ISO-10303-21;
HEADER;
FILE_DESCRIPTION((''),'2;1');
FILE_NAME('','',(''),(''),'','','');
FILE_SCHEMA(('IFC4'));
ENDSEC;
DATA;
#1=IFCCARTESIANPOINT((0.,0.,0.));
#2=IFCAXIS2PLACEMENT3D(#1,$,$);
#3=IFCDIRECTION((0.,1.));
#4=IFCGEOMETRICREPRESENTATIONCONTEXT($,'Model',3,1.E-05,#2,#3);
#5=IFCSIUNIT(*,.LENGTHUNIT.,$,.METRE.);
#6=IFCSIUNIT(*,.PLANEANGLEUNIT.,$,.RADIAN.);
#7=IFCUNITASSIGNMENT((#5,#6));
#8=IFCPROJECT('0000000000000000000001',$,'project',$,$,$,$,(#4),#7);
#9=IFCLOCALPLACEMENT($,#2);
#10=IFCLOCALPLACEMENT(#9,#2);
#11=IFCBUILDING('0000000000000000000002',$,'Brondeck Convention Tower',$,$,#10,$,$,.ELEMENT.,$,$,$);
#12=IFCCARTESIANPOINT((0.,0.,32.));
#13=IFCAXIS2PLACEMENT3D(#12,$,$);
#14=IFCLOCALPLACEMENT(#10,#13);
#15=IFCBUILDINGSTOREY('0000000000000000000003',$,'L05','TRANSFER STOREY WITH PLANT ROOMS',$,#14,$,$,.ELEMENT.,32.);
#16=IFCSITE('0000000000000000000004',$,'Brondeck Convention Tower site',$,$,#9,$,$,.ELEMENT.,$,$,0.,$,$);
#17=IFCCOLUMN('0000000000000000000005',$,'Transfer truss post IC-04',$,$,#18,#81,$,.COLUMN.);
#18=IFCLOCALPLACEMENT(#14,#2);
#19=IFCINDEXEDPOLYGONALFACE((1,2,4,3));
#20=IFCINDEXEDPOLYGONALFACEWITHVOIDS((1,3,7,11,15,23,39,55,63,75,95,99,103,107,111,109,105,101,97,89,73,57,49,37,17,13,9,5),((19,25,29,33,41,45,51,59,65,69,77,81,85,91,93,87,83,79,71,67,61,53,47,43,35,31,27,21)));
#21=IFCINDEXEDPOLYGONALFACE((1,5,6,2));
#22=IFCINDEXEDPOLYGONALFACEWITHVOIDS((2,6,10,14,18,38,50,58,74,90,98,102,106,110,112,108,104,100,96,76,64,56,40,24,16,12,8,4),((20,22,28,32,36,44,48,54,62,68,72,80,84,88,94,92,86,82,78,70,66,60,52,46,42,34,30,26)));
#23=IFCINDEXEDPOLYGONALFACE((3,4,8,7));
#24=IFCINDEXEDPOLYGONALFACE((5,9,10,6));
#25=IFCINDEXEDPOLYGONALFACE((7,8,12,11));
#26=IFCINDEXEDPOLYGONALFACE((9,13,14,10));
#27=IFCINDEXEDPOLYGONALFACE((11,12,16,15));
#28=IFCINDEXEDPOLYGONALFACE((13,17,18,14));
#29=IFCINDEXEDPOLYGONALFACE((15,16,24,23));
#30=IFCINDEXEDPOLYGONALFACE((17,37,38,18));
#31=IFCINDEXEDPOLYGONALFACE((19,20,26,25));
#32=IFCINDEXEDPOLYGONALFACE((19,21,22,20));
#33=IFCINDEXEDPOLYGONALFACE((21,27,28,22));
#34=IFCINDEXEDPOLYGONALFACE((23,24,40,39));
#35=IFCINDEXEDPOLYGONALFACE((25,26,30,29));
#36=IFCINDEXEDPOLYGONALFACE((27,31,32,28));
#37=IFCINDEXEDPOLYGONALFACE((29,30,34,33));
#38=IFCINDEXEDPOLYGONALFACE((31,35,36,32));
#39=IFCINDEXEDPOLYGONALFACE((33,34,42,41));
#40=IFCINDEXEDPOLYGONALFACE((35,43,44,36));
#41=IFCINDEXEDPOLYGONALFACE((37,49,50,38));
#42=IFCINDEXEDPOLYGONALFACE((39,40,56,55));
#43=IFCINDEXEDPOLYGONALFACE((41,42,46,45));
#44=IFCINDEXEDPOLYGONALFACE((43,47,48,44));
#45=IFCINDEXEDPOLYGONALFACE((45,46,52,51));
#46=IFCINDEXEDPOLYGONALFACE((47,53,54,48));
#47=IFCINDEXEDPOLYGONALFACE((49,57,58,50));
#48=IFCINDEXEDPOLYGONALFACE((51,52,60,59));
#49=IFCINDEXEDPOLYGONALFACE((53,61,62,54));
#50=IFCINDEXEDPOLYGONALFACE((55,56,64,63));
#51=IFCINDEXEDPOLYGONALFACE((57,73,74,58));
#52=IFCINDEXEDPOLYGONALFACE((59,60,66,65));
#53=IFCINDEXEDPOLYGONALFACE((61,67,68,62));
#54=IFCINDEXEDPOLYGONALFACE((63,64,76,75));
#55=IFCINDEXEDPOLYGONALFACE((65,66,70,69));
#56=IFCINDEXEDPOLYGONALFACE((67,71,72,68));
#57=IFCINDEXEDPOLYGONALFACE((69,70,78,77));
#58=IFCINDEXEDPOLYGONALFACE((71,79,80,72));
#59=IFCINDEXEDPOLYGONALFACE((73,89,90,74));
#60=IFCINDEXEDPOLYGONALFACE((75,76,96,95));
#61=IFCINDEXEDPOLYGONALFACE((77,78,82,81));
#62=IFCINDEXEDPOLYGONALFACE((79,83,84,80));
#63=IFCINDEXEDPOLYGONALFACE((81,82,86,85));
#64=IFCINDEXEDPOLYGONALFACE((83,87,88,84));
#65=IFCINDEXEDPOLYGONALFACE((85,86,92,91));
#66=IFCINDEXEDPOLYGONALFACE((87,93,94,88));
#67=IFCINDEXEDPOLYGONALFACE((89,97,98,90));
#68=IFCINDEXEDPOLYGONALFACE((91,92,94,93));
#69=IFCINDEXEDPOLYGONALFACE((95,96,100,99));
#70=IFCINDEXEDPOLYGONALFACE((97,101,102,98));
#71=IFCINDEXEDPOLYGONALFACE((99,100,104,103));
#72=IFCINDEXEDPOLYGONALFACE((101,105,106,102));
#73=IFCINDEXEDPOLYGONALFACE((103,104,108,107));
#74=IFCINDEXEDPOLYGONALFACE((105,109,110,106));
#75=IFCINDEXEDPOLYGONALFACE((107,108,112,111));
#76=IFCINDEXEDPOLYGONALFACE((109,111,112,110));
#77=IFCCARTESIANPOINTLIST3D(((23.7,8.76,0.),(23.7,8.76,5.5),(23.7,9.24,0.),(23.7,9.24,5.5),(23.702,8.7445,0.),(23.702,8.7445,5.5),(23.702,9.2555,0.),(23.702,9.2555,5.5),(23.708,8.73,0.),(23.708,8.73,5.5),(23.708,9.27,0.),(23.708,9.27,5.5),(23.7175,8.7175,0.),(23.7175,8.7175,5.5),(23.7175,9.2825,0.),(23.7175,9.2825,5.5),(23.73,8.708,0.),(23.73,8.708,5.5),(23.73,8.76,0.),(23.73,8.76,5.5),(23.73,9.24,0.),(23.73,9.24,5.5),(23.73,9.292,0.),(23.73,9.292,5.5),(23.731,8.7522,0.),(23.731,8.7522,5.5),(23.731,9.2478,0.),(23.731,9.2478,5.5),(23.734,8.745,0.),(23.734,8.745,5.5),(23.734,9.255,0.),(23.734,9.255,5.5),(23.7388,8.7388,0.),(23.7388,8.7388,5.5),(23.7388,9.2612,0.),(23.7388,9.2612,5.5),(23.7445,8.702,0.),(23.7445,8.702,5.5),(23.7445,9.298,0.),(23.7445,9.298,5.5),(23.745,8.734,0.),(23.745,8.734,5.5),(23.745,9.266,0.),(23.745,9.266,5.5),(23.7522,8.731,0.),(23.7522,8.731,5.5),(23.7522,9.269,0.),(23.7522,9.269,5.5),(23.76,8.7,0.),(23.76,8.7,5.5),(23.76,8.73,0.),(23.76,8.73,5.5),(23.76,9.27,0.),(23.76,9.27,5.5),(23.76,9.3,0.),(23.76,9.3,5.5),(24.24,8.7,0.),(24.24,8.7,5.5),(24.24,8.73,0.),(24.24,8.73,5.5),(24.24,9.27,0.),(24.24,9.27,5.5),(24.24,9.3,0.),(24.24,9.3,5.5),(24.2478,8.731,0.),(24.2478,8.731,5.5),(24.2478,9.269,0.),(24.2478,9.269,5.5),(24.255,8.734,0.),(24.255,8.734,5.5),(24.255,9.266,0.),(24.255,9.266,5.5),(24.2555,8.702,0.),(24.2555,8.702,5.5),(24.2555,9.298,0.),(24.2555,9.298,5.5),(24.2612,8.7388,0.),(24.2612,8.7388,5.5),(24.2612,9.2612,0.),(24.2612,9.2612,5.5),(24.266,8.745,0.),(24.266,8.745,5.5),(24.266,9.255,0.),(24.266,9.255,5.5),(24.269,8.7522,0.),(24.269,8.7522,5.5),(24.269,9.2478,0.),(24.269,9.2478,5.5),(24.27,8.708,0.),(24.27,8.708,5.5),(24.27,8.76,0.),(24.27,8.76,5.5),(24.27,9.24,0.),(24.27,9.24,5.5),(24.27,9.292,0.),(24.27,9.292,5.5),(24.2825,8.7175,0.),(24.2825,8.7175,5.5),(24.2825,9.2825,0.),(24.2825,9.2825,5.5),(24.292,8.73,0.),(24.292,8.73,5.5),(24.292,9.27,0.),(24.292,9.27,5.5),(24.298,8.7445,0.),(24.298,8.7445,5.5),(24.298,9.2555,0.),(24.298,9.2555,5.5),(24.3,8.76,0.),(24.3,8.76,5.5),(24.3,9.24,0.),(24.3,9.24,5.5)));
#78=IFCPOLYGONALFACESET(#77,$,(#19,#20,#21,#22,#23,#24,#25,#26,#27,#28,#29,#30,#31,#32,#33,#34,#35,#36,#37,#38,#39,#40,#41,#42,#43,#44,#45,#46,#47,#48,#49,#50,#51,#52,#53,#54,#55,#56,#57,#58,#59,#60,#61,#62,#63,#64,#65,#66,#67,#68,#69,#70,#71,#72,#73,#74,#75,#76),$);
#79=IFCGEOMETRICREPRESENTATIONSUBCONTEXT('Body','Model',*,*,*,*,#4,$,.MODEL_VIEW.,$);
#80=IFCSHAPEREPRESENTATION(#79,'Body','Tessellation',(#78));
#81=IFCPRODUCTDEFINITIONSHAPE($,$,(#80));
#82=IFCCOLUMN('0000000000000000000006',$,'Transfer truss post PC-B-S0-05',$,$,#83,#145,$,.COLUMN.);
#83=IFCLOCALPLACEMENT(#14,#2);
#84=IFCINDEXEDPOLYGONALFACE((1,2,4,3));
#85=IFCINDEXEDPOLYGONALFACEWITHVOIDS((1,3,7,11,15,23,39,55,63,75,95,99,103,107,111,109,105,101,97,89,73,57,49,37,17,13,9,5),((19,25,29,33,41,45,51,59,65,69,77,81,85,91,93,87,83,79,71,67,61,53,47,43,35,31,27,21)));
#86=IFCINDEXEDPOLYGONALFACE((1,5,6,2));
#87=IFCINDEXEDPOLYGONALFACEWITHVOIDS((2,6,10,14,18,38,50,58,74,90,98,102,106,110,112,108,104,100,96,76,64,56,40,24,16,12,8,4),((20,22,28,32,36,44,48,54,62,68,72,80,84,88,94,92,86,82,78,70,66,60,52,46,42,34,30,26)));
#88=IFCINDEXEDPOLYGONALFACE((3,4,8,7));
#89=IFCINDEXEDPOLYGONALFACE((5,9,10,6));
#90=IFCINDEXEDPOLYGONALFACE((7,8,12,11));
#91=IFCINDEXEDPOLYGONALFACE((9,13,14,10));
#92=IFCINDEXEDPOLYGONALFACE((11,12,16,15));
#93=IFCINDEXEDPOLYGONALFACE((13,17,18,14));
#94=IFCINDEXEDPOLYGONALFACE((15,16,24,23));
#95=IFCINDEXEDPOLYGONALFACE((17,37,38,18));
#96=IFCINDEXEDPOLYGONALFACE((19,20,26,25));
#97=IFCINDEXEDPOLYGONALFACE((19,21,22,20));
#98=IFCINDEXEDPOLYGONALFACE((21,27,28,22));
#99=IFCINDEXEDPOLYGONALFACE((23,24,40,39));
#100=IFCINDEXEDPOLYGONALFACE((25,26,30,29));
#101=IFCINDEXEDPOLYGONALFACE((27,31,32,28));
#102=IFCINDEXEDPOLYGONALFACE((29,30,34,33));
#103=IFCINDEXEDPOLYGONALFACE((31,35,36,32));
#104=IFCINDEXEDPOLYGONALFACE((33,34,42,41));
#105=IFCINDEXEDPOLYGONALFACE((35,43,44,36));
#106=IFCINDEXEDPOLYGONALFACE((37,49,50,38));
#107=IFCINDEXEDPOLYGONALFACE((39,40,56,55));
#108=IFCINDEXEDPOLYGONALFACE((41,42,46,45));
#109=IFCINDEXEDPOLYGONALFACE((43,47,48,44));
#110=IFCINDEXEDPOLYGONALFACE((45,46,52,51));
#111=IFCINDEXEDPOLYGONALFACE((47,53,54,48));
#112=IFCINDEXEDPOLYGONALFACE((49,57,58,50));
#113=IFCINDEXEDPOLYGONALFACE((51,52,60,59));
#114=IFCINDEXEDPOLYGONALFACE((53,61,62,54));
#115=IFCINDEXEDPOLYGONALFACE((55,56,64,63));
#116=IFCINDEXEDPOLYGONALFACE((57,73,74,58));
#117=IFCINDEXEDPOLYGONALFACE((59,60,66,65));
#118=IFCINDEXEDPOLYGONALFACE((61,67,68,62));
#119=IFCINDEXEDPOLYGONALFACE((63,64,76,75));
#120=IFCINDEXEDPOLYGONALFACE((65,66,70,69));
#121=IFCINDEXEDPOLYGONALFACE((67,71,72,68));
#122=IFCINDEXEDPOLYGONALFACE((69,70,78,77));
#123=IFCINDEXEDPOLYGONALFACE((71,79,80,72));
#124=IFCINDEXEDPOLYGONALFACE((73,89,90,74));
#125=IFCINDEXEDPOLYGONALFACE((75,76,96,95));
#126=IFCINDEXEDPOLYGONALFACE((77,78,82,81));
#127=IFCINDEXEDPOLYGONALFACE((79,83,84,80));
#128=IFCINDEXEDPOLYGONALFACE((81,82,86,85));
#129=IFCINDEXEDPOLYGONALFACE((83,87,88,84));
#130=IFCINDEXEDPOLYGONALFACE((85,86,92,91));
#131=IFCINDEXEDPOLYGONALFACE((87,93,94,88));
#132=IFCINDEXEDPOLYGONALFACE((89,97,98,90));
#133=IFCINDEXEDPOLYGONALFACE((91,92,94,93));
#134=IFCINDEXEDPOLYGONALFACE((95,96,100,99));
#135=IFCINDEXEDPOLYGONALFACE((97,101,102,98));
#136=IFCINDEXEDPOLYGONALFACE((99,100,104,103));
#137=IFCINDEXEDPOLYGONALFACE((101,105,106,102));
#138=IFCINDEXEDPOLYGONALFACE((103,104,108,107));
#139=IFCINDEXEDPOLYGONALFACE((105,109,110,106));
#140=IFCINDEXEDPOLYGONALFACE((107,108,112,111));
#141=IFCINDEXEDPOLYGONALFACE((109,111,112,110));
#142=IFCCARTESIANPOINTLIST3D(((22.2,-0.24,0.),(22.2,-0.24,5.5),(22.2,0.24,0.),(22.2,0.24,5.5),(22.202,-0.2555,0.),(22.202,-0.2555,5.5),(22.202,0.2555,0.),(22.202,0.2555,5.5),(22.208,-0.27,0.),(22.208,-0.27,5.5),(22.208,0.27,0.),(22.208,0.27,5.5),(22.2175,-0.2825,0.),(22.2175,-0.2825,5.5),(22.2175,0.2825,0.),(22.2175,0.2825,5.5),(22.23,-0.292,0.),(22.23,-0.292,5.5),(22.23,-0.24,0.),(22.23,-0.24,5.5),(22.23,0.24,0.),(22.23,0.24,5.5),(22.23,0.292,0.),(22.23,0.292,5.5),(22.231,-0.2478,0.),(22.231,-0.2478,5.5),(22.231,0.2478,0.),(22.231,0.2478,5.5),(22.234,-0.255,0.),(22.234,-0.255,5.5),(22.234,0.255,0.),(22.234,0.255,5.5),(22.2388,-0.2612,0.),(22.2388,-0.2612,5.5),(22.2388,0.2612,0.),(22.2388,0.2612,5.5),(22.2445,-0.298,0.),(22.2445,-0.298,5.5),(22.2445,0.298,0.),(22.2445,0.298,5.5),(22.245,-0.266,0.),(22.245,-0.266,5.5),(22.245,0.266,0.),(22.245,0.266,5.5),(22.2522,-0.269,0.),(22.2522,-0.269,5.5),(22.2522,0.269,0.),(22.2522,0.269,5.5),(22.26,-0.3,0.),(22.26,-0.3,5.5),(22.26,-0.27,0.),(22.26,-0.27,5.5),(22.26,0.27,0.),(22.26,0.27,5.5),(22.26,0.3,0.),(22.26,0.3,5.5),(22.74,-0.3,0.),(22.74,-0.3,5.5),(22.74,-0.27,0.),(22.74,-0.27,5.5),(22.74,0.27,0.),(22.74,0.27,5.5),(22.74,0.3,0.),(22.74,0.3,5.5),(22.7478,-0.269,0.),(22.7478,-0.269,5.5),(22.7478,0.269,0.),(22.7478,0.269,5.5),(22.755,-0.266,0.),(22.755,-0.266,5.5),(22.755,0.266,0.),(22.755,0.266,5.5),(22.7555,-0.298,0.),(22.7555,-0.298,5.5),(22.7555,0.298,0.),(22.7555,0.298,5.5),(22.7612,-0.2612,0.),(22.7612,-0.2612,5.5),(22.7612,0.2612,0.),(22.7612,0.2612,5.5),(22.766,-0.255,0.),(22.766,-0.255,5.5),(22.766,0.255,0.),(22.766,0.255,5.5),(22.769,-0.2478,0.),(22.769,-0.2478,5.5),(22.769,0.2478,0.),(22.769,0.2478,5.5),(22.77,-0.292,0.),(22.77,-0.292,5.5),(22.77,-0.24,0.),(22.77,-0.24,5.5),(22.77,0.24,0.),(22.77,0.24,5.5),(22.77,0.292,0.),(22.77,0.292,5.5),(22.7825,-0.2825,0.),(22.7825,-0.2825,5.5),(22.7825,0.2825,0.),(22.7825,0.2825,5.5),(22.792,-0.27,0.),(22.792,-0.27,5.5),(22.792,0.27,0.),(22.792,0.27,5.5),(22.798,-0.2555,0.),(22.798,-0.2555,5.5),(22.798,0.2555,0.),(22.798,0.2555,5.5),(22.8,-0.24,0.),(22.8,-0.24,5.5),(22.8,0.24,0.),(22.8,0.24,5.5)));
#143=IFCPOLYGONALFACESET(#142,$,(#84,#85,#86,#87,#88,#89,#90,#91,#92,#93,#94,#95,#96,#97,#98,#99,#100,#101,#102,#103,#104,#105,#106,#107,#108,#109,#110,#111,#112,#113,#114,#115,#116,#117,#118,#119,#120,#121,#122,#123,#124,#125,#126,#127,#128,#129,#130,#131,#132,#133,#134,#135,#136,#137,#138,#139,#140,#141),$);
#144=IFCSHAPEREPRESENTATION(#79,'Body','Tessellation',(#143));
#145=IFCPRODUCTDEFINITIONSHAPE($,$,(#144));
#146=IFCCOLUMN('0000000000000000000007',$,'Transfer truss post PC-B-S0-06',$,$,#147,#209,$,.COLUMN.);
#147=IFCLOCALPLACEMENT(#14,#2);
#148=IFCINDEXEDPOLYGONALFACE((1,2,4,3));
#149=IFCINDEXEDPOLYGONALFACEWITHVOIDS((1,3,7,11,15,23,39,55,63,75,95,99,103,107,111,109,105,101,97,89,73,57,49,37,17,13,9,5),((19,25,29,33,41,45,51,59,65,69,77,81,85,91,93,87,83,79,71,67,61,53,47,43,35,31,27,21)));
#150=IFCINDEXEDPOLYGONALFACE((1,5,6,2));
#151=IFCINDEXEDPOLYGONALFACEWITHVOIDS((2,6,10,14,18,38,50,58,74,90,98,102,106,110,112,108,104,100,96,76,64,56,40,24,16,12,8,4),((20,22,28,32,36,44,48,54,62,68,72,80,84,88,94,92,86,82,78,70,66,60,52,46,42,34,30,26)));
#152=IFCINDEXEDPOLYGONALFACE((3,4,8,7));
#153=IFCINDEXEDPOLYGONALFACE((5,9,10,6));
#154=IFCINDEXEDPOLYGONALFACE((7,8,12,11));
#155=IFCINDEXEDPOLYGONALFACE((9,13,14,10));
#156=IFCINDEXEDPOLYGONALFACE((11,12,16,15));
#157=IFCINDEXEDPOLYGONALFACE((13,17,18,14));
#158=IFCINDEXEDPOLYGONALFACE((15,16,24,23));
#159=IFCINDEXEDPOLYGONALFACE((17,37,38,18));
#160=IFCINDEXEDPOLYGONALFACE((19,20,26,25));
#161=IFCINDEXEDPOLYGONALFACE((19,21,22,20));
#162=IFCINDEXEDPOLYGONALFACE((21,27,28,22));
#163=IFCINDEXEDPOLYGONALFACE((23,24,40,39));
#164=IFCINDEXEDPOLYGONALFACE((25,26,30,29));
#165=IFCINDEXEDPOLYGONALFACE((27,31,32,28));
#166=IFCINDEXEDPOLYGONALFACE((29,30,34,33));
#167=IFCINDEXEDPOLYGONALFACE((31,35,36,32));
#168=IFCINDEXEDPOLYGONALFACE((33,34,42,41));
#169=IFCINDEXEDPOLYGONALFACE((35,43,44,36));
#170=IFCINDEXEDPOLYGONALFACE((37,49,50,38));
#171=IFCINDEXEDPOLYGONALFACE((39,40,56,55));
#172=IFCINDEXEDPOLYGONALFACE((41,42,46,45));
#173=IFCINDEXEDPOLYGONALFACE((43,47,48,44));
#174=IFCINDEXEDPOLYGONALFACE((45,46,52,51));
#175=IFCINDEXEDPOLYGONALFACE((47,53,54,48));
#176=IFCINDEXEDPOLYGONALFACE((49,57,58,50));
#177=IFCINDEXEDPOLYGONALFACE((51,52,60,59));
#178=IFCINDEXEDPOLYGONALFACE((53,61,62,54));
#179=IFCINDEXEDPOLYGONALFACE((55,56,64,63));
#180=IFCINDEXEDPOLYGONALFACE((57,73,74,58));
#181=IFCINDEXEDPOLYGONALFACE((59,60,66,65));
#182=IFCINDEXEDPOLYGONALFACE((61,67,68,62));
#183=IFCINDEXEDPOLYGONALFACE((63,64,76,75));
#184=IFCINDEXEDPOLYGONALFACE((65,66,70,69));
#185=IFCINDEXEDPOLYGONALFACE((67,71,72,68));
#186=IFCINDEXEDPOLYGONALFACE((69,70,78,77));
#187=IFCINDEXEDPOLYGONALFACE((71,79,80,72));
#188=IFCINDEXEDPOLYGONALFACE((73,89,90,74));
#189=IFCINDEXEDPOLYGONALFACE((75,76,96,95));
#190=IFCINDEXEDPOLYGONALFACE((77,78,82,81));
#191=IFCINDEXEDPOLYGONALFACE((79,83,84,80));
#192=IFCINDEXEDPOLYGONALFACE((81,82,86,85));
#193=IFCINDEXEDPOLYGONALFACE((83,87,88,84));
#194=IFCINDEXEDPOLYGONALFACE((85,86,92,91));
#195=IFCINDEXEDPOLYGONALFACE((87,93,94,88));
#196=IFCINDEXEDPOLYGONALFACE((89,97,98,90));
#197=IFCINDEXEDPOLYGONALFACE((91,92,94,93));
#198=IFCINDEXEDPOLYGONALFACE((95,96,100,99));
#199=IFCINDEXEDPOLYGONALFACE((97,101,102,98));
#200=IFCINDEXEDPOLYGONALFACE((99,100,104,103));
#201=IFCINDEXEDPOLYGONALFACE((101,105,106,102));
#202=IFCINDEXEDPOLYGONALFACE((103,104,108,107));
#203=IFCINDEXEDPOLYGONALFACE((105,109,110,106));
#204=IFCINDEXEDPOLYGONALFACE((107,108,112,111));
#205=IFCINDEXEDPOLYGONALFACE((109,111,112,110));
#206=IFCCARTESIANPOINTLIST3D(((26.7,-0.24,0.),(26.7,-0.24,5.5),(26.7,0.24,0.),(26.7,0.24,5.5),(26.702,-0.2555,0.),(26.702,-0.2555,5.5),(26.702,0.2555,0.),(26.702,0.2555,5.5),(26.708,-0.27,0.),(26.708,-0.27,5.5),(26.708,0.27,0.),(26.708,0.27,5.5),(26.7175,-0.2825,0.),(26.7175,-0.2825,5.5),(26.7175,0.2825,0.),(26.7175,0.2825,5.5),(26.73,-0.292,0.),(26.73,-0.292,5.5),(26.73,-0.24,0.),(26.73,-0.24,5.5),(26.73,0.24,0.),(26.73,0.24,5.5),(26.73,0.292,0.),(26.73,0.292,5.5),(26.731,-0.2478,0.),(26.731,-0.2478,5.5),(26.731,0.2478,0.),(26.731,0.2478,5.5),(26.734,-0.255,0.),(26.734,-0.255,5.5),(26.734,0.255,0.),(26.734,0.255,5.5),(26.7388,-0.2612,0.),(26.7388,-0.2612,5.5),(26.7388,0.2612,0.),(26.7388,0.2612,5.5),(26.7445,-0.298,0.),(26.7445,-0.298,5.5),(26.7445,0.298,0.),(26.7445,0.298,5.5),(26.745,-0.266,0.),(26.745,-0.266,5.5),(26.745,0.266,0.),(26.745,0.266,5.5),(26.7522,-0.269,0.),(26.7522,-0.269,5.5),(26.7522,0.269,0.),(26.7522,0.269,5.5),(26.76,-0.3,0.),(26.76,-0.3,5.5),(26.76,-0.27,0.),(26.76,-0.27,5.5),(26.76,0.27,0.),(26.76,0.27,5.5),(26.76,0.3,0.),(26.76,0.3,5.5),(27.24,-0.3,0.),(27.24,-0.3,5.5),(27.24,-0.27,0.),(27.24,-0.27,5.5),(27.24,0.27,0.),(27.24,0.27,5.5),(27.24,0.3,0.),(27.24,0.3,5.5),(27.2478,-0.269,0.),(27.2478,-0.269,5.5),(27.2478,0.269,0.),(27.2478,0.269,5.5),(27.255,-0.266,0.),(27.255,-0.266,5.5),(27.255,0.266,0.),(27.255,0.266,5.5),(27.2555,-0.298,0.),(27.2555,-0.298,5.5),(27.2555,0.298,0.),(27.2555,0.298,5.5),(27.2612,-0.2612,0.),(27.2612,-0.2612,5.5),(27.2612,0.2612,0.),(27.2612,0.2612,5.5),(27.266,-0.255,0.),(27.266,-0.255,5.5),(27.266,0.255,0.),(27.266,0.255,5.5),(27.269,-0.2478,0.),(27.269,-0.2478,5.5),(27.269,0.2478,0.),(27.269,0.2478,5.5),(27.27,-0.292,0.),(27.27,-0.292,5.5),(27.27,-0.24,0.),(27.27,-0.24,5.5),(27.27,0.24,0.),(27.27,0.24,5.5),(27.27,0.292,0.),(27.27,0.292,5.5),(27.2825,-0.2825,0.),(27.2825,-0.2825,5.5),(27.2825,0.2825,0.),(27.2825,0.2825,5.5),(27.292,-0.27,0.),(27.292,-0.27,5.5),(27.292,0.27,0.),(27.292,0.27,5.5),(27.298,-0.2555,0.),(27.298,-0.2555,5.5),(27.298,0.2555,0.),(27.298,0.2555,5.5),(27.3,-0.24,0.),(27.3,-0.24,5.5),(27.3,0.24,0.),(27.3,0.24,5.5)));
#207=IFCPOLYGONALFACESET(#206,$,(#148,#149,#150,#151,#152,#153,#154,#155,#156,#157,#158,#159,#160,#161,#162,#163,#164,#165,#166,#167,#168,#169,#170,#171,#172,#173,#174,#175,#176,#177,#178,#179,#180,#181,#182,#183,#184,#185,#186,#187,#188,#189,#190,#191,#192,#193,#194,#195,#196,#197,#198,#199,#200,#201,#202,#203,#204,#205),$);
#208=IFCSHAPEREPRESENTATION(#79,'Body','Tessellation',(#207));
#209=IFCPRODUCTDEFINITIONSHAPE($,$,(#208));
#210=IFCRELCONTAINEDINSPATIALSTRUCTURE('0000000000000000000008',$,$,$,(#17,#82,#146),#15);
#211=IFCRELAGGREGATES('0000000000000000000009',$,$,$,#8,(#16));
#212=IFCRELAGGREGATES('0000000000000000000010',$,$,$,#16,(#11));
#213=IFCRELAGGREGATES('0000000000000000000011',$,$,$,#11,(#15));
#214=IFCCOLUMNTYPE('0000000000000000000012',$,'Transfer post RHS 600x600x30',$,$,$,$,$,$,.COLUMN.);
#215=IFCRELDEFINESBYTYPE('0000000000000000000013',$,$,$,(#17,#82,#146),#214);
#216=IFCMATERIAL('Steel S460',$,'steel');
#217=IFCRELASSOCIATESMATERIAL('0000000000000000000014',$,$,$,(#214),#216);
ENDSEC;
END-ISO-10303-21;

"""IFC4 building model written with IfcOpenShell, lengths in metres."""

from ifc_helpers import new_model, si_unit, direction, frame, origin, origin_2d, place, context, subcontext, project, spatial, hollow_rectangle, extrude, material, material_profile, profile_set, type_object, element, save


model = new_model("IFC4")

# Units and contexts
model_context = context("Model", 3, precision=1e-05, world=origin(), true_north=direction((0.0, 1.0)))
body_context = subcontext(model_context, "Body", "Model", "MODEL_VIEW")
ifc_project = project(units=[si_unit("LENGTHUNIT", "METRE"), si_unit("PLANEANGLEUNIT", "RADIAN")], contexts=[model_context])

# Site, building, storey
site_placement = place(None, origin())
site = spatial("IfcSite", under=ifc_project, at=site_placement, Name="Brondeck Convention Tower site", CompositionType="ELEMENT", RefElevation=0.0)
building_placement = place(site_placement, origin())
building = spatial("IfcBuilding", under=site, at=building_placement, Name="Brondeck Convention Tower", CompositionType="ELEMENT")
storey_placement = place(building_placement, frame((0.0, 0.0, 32.0)))
storey = spatial("IfcBuildingStorey", under=building, at=storey_placement, Name="L05", Description="TRANSFER STOREY WITH PLANT ROOMS", CompositionType="ELEMENT", Elevation=32.0)

# Columns
ifc_material_1 = material(Name="Steel S460", Category="steel")
ifc_material_profile_1 = material_profile(ifc_material_1, hollow_rectangle(XDim=0.6001, YDim=0.6001, WallThickness=0.03, InnerFilletRadius=0.03, OuterFilletRadius=0.0601, at=origin_2d()), Name="RHS 600x600x30")
ifc_profile_set_1 = profile_set([ifc_material_profile_1], Name="Steel S460")
column_type = type_object("IfcColumnType", Name="Transfer post RHS 600x600x30", PredefinedType="COLUMN", material=ifc_profile_set_1)
for number, where, z_axis, x_axis, name in (
    (1, (24.0, 9.0, 0.0), (0.0, 0.0, 1.0), (1.0, 0.0, 0.0), "Transfer truss post IC-04"),
    (2, (22.5, 0.0, 0.0), (0.0, 0.0, 1.0), (1.0, 0.0, 0.0), "Transfer truss post PC-B-S0-05"),
    (3, (27.0, 0.0, 0.0), (0.0, 0.0, 1.0), (1.0, 0.0, 0.0), "Transfer truss post PC-B-S0-06"),
):
    element("IfcColumn", number, at=place(storey_placement, frame(where, z_axis=z_axis, x_axis=x_axis)), inside=storey, type_object=column_type, Name=name, PredefinedType="COLUMN", context=body_context, shape_type="SweptSolid", body=[
        extrude(hollow_rectangle(XDim=0.6001, YDim=0.6001, WallThickness=0.03, InnerFilletRadius=0.03, OuterFilletRadius=0.0601, at=origin_2d()), origin(), (0.0, 0.0, 1.0), 5.5),
    ])

save(model, "model.ifc")
